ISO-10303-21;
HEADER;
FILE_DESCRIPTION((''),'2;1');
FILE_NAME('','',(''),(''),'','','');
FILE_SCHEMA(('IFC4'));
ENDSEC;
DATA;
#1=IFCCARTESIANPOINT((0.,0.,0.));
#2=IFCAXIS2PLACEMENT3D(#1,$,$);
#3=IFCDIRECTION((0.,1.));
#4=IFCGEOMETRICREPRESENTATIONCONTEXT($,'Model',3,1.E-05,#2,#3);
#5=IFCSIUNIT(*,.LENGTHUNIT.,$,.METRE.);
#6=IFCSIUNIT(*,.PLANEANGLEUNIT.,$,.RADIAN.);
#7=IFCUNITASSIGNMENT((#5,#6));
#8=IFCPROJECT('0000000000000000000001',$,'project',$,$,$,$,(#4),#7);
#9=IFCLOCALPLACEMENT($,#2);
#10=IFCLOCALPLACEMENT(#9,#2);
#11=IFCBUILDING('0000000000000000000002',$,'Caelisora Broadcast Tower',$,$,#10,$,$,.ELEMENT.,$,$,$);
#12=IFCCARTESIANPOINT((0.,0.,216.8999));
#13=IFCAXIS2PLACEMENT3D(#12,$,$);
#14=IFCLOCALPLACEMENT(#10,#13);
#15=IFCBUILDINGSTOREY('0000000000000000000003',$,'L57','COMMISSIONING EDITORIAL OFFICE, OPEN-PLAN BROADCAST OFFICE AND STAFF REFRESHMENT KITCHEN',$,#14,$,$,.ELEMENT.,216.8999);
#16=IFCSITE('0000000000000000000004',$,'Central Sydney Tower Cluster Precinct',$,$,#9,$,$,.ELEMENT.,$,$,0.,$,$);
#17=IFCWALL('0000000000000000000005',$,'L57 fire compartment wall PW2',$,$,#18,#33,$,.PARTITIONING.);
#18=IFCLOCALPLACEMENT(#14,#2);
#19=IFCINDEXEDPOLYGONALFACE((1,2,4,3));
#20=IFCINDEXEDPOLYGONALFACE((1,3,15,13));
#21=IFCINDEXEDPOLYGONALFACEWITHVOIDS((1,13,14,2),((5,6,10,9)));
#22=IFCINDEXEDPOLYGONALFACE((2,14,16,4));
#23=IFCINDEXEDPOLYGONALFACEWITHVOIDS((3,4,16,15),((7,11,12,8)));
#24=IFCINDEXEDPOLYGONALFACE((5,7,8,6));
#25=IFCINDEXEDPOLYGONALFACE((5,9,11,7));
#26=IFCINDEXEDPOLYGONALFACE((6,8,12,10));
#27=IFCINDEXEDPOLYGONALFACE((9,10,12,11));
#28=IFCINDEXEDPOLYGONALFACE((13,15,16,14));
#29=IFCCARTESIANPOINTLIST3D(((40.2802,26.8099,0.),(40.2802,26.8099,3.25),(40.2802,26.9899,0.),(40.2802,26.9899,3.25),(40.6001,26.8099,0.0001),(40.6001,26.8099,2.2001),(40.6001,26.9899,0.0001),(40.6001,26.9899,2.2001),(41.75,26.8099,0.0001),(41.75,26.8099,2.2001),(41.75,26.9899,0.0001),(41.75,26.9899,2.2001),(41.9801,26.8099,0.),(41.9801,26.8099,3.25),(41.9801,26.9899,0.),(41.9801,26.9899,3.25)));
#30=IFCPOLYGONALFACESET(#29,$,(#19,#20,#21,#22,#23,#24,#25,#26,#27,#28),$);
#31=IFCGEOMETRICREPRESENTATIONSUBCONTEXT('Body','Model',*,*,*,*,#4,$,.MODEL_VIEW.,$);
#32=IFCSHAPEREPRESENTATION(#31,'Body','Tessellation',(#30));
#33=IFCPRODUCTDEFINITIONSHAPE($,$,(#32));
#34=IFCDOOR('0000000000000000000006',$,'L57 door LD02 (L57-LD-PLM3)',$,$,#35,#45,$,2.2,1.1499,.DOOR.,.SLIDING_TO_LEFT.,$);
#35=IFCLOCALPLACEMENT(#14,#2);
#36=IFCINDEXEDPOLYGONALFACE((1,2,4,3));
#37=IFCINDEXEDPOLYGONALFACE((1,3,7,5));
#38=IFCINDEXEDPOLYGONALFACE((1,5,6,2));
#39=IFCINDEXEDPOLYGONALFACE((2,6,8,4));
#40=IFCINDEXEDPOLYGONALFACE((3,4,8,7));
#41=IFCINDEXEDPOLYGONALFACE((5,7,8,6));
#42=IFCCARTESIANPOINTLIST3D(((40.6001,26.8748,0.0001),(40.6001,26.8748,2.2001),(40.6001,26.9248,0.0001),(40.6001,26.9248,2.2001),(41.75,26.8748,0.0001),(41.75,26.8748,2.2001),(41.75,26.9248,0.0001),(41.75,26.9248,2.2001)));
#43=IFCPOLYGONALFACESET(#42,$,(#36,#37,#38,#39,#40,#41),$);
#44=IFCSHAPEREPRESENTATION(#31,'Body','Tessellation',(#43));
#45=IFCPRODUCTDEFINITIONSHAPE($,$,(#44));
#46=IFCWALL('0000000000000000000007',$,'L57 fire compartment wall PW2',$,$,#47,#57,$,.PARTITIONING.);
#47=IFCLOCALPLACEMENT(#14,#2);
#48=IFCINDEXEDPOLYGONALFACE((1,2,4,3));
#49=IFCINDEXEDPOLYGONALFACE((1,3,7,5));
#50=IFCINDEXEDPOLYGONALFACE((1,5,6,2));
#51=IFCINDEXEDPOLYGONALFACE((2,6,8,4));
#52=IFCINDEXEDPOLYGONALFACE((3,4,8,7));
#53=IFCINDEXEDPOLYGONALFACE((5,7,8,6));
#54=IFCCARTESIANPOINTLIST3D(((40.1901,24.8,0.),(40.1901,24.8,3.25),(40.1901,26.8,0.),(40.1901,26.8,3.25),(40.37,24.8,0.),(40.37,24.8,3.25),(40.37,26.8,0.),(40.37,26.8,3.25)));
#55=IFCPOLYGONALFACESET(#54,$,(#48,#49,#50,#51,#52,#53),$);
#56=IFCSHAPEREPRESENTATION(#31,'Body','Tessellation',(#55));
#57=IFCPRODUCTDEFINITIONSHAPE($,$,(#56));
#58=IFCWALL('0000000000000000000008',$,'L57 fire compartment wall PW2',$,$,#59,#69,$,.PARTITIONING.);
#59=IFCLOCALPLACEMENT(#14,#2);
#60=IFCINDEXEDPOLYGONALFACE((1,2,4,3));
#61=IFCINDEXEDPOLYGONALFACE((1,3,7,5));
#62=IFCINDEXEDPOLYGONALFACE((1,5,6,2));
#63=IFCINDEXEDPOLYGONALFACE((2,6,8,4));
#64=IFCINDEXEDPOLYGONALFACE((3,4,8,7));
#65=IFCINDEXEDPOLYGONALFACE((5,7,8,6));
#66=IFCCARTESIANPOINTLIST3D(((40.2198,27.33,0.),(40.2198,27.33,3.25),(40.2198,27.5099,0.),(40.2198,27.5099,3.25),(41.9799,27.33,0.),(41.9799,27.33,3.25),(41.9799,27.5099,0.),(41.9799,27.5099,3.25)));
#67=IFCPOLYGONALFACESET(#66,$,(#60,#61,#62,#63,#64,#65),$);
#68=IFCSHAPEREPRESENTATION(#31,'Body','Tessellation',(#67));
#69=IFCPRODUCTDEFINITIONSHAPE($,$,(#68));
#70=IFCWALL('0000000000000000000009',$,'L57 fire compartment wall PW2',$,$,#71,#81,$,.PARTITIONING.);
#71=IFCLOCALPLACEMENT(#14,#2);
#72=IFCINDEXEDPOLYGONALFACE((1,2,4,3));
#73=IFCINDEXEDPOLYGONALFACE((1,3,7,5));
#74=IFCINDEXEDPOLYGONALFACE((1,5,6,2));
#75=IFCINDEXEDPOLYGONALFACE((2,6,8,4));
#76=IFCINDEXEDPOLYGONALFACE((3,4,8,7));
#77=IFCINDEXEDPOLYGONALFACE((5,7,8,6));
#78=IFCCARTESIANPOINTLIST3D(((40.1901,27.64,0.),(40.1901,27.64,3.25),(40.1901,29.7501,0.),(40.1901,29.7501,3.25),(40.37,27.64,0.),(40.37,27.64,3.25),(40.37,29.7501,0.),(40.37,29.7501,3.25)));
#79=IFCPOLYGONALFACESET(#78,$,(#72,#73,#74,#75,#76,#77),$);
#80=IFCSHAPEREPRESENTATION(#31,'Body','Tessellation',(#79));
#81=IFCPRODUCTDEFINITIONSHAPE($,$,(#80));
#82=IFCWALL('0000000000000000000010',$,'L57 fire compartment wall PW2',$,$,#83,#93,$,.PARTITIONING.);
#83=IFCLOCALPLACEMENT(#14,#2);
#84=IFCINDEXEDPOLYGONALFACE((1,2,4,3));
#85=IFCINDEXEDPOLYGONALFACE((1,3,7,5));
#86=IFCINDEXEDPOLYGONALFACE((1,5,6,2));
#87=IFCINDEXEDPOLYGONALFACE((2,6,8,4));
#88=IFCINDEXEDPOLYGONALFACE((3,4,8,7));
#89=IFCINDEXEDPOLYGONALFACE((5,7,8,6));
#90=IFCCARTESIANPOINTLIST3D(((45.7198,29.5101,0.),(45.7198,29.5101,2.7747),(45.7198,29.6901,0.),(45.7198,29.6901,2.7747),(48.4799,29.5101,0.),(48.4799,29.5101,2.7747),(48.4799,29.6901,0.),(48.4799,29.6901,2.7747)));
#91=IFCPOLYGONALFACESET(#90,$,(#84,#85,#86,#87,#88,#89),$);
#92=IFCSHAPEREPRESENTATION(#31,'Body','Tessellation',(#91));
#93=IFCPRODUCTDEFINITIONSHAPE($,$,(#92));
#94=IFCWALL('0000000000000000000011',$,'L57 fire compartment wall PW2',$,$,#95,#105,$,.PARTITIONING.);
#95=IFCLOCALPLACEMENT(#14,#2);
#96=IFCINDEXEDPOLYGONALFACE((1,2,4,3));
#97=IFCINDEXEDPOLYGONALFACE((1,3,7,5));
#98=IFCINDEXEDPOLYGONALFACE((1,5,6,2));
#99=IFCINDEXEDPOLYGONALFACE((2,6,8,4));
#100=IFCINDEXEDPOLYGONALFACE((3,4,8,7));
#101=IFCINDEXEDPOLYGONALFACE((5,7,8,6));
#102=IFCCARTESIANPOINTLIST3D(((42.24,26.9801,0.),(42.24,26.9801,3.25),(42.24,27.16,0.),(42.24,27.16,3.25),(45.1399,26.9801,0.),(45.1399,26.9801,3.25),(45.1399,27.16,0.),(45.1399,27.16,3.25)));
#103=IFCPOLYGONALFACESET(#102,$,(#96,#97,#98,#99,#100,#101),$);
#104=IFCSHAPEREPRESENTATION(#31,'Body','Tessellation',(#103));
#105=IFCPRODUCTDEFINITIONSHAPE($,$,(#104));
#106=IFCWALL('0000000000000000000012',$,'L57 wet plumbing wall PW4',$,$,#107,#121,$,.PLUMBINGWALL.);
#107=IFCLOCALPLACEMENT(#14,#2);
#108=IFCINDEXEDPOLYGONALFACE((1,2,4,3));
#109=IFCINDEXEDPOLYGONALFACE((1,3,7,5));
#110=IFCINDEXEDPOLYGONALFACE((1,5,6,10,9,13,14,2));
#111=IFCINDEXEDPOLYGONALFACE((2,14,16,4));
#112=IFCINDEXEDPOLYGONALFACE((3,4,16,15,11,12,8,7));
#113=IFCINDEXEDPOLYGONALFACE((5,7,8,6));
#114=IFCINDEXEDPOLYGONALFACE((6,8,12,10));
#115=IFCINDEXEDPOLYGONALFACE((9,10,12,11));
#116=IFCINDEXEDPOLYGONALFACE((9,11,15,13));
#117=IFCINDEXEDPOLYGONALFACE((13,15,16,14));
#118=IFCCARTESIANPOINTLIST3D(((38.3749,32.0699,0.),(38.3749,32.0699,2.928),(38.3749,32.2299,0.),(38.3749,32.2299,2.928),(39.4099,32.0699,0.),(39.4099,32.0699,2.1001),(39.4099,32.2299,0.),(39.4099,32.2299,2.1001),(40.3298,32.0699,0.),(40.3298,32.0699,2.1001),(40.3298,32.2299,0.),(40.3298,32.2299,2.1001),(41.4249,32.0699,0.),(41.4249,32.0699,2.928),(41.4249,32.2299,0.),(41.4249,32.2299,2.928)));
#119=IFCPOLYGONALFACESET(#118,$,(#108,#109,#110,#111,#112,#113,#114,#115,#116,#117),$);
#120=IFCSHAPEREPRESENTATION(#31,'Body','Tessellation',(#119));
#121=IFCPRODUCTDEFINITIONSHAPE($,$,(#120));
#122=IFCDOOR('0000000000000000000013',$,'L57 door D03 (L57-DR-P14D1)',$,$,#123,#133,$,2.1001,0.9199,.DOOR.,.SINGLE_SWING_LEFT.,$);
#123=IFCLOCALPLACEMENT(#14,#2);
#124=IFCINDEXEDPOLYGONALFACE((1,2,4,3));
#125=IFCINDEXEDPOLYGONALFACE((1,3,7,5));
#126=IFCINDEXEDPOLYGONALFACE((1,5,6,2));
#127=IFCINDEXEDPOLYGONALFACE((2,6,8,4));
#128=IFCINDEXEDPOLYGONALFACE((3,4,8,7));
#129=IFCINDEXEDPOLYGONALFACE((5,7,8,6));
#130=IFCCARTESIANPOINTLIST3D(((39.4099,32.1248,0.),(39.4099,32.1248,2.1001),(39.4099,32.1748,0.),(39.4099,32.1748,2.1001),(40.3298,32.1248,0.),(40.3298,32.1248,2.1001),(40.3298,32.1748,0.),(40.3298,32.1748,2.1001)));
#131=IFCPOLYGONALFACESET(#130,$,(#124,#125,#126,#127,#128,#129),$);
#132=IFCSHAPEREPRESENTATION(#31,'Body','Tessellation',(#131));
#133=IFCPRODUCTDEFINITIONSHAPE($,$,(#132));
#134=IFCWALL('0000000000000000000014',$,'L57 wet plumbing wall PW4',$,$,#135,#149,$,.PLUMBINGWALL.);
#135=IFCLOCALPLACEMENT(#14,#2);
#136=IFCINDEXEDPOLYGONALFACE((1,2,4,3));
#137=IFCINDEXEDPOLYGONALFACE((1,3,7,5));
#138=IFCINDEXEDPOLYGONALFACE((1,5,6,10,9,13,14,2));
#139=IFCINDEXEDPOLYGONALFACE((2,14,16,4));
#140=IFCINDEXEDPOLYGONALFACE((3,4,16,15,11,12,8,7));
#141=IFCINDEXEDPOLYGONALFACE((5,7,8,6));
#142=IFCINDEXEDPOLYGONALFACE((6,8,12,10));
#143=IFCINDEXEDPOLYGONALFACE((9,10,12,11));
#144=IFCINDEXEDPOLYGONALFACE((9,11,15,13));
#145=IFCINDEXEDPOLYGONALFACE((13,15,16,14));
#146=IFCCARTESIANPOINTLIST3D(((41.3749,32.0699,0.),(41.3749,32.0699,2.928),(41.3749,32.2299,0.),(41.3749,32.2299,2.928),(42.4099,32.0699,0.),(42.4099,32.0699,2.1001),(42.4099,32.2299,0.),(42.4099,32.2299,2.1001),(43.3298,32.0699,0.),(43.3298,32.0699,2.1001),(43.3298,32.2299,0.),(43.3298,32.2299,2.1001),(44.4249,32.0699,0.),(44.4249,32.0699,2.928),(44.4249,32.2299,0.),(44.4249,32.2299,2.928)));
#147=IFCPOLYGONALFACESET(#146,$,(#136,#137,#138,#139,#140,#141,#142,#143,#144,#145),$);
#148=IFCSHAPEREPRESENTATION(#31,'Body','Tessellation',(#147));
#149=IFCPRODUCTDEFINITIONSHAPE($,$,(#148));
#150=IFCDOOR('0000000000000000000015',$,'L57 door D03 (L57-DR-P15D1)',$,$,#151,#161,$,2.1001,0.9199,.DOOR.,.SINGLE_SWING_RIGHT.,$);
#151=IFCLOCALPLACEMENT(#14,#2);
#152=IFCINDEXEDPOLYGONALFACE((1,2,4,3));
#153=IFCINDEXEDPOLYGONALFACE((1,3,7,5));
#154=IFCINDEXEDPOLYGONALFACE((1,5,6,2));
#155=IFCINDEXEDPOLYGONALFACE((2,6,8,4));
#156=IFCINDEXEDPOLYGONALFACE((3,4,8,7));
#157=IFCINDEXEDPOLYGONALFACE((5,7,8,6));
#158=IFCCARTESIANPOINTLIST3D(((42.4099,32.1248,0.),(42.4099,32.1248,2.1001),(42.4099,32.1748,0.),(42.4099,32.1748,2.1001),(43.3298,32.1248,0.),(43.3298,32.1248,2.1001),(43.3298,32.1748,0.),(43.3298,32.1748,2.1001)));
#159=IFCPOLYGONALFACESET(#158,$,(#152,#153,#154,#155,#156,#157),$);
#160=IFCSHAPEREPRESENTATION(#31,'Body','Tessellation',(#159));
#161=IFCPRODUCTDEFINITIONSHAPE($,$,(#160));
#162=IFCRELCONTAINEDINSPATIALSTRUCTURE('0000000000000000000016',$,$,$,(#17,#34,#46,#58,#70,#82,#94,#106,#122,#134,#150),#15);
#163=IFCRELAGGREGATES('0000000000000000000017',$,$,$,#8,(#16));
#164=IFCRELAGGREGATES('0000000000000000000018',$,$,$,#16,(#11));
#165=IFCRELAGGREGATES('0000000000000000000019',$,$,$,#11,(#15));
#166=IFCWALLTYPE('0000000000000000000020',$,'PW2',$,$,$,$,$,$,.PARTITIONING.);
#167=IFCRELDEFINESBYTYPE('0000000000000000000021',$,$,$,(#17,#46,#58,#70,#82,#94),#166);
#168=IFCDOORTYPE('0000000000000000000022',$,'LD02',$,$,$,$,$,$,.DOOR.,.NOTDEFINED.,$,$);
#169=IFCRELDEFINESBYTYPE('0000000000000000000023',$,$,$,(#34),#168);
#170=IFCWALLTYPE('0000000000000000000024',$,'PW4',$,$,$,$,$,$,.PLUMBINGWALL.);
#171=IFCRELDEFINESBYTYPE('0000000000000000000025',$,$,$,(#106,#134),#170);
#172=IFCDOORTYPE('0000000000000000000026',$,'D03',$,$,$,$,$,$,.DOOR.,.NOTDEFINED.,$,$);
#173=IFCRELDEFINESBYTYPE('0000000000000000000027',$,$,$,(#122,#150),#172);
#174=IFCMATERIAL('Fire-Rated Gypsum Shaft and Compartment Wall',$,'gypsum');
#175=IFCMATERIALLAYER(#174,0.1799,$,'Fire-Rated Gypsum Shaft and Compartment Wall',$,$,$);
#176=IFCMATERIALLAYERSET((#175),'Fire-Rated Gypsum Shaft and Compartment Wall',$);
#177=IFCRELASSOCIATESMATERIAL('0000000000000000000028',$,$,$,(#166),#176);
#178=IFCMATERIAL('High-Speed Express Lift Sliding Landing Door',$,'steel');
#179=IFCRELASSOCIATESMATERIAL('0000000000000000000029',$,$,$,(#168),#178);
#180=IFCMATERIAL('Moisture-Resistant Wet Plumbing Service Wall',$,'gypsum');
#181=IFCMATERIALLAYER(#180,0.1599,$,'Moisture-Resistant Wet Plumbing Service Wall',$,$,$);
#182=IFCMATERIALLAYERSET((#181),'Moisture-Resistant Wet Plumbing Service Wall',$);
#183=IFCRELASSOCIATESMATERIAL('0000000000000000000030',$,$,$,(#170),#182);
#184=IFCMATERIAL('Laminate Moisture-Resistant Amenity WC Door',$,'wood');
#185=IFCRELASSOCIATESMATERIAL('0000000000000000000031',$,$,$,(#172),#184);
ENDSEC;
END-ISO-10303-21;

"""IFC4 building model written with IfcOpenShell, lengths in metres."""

from ifc_helpers import new_model, si_unit, direction, frame, frame_2d, origin, place, context, subcontext, project, spatial, rectangle, extrude, material, layer, layer_set, type_object, element, fill, save


model = new_model("IFC4")

# Units and contexts
model_context = context("Model", 3, precision=1e-05, world=origin(), true_north=direction((0.0, 1.0)))
body_context = subcontext(model_context, "Body", "Model", "MODEL_VIEW")
ifc_project = project(units=[si_unit("LENGTHUNIT", "METRE"), si_unit("PLANEANGLEUNIT", "RADIAN")], contexts=[model_context])

# Site, building, storey
site_placement = place(None, origin())
site = spatial("IfcSite", under=ifc_project, at=site_placement, Name="Central Sydney Tower Cluster Precinct", CompositionType="ELEMENT", RefElevation=0.0)
building_placement = place(site_placement, origin())
building = spatial("IfcBuilding", under=site, at=building_placement, Name="Caelisora Broadcast Tower", CompositionType="ELEMENT")
storey_placement = place(building_placement, frame((0.0, 0.0, 216.8999)))
storey = spatial("IfcBuildingStorey", under=building, at=storey_placement, Name="L57", Description="COMMISSIONING EDITORIAL OFFICE, OPEN-PLAN BROADCAST OFFICE AND STAFF REFRESHMENT KITCHEN", CompositionType="ELEMENT", Elevation=216.8999)

# Wall, opening, door
ifc_material_1 = material(Name="Fire-Rated Gypsum Shaft and Compartment Wall", Category="gypsum")
ifc_layer_1 = layer(ifc_material_1, 0.1799, Name="Fire-Rated Gypsum Shaft and Compartment Wall")
ifc_layer_set_1 = layer_set([ifc_layer_1], Name="Fire-Rated Gypsum Shaft and Compartment Wall")
wall_type_1 = type_object("IfcWallType", Name="PW2", PredefinedType="PARTITIONING", material=ifc_layer_set_1)
wall_1_placement = place(storey_placement, frame((40.28, 26.8999, 0.0), z_axis=(0.0, 0.0, 1.0), x_axis=(1.0, 0.0, 0.0)))
wall_1 = element("IfcWall", 1, at=wall_1_placement, inside=storey, type_object=wall_type_1, Name="L57 fire compartment wall PW2", PredefinedType="PARTITIONING", context=body_context, shape_type="SweptSolid", body=[
    extrude(rectangle(XDim=1.7, YDim=0.1799, at=frame_2d((0.8501, 0.0))), origin(), (0.0, 0.0, 1.0), 3.25),
])
opening_1_placement = place(wall_1_placement, frame((0.3201, 0.0, 0.0)))
opening_1 = element("IfcOpeningElement", 2, at=opening_1_placement, cuts=wall_1, PredefinedType="OPENING", context=body_context, shape_type="SweptSolid", body=[
    extrude(rectangle(XDim=1.1499, YDim=2.2, at=frame_2d((0.575, 1.1001))), frame((0.0, 0.1021, 0.0), z_axis=(0.0, -1.0, 0.0), x_axis=(1.0, 0.0, 0.0)), (0.0, 0.0, 1.0), 0.2039),
])
ifc_material_2 = material(Name="High-Speed Express Lift Sliding Landing Door", Category="steel")
door_type_1 = type_object("IfcDoorType", Name="LD02", OperationType="NOTDEFINED", PredefinedType="DOOR", material=ifc_material_2)
door_1_placement = place(opening_1_placement, origin())
door_1 = element("IfcDoor", 3, at=door_1_placement, inside=storey, type_object=door_type_1, Name="L57 door LD02 (L57-LD-PLM3)", OperationType="SLIDING_TO_LEFT", OverallHeight=2.2, OverallWidth=1.1499, PredefinedType="DOOR", context=body_context, shape_type="SweptSolid", body=[
    extrude(rectangle(XDim=1.1499, YDim=2.2, at=frame_2d((0.575, 1.1001))), frame((0.0, 0.0249, 0.0), z_axis=(0.0, -1.0, 0.0), x_axis=(1.0, 0.0, 0.0)), (0.0, 0.0, 1.0), 0.05),
])
fill(opening_1, door_1)

# Walls
wall_2_placement = place(storey_placement, frame((40.28, 24.8, 0.0), z_axis=(0.0, 0.0, 1.0), x_axis=(0.0, 1.0, 0.0)))
element("IfcWall", 4, at=wall_2_placement, inside=storey, type_object=wall_type_1, Name="L57 fire compartment wall PW2", PredefinedType="PARTITIONING", context=body_context, shape_type="SweptSolid", body=[
    extrude(rectangle(XDim=2.0, YDim=0.1799, at=frame_2d((1.0, 0.0))), origin(), (0.0, 0.0, 1.0), 3.25),
])
wall_3_placement = place(storey_placement, frame((40.22, 27.4199, 0.0), z_axis=(0.0, 0.0, 1.0), x_axis=(1.0, 0.0, 0.0)))
element("IfcWall", 5, at=wall_3_placement, inside=storey, type_object=wall_type_1, Name="L57 fire compartment wall PW2", PredefinedType="PARTITIONING", context=body_context, shape_type="SweptSolid", body=[
    extrude(rectangle(XDim=1.76, YDim=0.1799, at=frame_2d((0.8799, 0.0))), origin(), (0.0, 0.0, 1.0), 3.25),
])
wall_4_placement = place(storey_placement, frame((40.28, 27.6399, 0.0), z_axis=(0.0, 0.0, 1.0), x_axis=(0.0, 1.0, 0.0)))
element("IfcWall", 6, at=wall_4_placement, inside=storey, type_object=wall_type_1, Name="L57 fire compartment wall PW2", PredefinedType="PARTITIONING", context=body_context, shape_type="SweptSolid", body=[
    extrude(rectangle(XDim=2.1101, YDim=0.1799, at=frame_2d((1.0552, 0.0))), origin(), (0.0, 0.0, 1.0), 3.25),
])
wall_5_placement = place(storey_placement, frame((45.72, 29.6001, 0.0), z_axis=(0.0, 0.0, 1.0), x_axis=(1.0, 0.0, 0.0)))
element("IfcWall", 7, at=wall_5_placement, inside=storey, type_object=wall_type_1, Name="L57 fire compartment wall PW2", PredefinedType="PARTITIONING", context=body_context, shape_type="SweptSolid", body=[
    extrude(rectangle(XDim=2.76, YDim=0.1799, at=frame_2d((1.3799, 0.0))), origin(), (0.0, 0.0, 1.0), 2.7747),
])
wall_6_placement = place(storey_placement, frame((42.24, 27.0701, 0.0), z_axis=(0.0, 0.0, 1.0), x_axis=(1.0, 0.0, 0.0)))
element("IfcWall", 8, at=wall_6_placement, inside=storey, type_object=wall_type_1, Name="L57 fire compartment wall PW2", PredefinedType="PARTITIONING", context=body_context, shape_type="SweptSolid", body=[
    extrude(rectangle(XDim=2.8999, YDim=0.1799, at=frame_2d((1.45, 0.0))), origin(), (0.0, 0.0, 1.0), 3.25),
])

# Walls, openings, doors
ifc_material_3 = material(Name="Moisture-Resistant Wet Plumbing Service Wall", Category="gypsum")
ifc_layer_2 = layer(ifc_material_3, 0.1599, Name="Moisture-Resistant Wet Plumbing Service Wall")
ifc_layer_set_2 = layer_set([ifc_layer_2], Name="Moisture-Resistant Wet Plumbing Service Wall")
wall_type_2 = type_object("IfcWallType", Name="PW4", PredefinedType="PLUMBINGWALL", material=ifc_layer_set_2)
wall_7_placement = place(storey_placement, frame((38.375, 32.1499, 0.0), z_axis=(0.0, 0.0, 1.0), x_axis=(1.0, 0.0, 0.0)))
wall_7 = element("IfcWall", 9, at=wall_7_placement, inside=storey, type_object=wall_type_2, Name="L57 wet plumbing wall PW4", PredefinedType="PLUMBINGWALL", context=body_context, shape_type="SweptSolid", body=[
    extrude(rectangle(XDim=3.05, YDim=0.1599, at=frame_2d((1.5249, 0.0))), origin(), (0.0, 0.0, 1.0), 2.928),
])
opening_2_placement = place(wall_7_placement, frame((1.0349, 0.0, 0.0)))
opening_2 = element("IfcOpeningElement", 10, at=opening_2_placement, cuts=wall_7, PredefinedType="OPENING", context=body_context, shape_type="SweptSolid", body=[
    extrude(rectangle(XDim=0.9199, YDim=2.1001, at=frame_2d((0.46, 1.05))), frame((0.0, 0.092, 0.0), z_axis=(0.0, -1.0, 0.0), x_axis=(1.0, 0.0, 0.0)), (0.0, 0.0, 1.0), 0.1838),
])
ifc_material_4 = material(Name="Laminate Moisture-Resistant Amenity WC Door", Category="wood")
door_type_2 = type_object("IfcDoorType", Name="D03", OperationType="NOTDEFINED", PredefinedType="DOOR", material=ifc_material_4)
door_2_placement = place(opening_2_placement, origin())
door_2 = element("IfcDoor", 11, at=door_2_placement, inside=storey, type_object=door_type_2, Name="L57 door D03 (L57-DR-P14D1)", OperationType="SINGLE_SWING_LEFT", OverallHeight=2.1001, OverallWidth=0.9199, PredefinedType="DOOR", context=body_context, shape_type="SweptSolid", body=[
    extrude(rectangle(XDim=0.9199, YDim=2.1001, at=frame_2d((0.46, 1.05))), frame((0.0, 0.0249, 0.0), z_axis=(0.0, -1.0, 0.0), x_axis=(1.0, 0.0, 0.0)), (0.0, 0.0, 1.0), 0.05),
])
fill(opening_2, door_2)
wall_8_placement = place(storey_placement, frame((41.375, 32.1499, 0.0), z_axis=(0.0, 0.0, 1.0), x_axis=(1.0, 0.0, 0.0)))
wall_8 = element("IfcWall", 12, at=wall_8_placement, inside=storey, type_object=wall_type_2, Name="L57 wet plumbing wall PW4", PredefinedType="PLUMBINGWALL", context=body_context, shape_type="SweptSolid", body=[
    extrude(rectangle(XDim=3.05, YDim=0.1599, at=frame_2d((1.5249, 0.0))), origin(), (0.0, 0.0, 1.0), 2.928),
])
opening_3_placement = place(wall_8_placement, frame((1.0349, 0.0, 0.0)))
opening_3 = element("IfcOpeningElement", 13, at=opening_3_placement, cuts=wall_8, PredefinedType="OPENING", context=body_context, shape_type="SweptSolid", body=[
    extrude(rectangle(XDim=0.9199, YDim=2.1001, at=frame_2d((0.46, 1.05))), frame((0.0, 0.092, 0.0), z_axis=(0.0, -1.0, 0.0), x_axis=(1.0, 0.0, 0.0)), (0.0, 0.0, 1.0), 0.1838),
])
door_3_placement = place(opening_3_placement, origin())
door_3 = element("IfcDoor", 14, at=door_3_placement, inside=storey, type_object=door_type_2, Name="L57 door D03 (L57-DR-P15D1)", OperationType="SINGLE_SWING_RIGHT", OverallHeight=2.1001, OverallWidth=0.9199, PredefinedType="DOOR", context=body_context, shape_type="SweptSolid", body=[
    extrude(rectangle(XDim=0.9199, YDim=2.1001, at=frame_2d((0.46, 1.05))), frame((0.0, 0.0249, 0.0), z_axis=(0.0, -1.0, 0.0), x_axis=(1.0, 0.0, 0.0)), (0.0, 0.0, 1.0), 0.05),
])
fill(opening_3, door_3)

save(model, "model.ifc")
